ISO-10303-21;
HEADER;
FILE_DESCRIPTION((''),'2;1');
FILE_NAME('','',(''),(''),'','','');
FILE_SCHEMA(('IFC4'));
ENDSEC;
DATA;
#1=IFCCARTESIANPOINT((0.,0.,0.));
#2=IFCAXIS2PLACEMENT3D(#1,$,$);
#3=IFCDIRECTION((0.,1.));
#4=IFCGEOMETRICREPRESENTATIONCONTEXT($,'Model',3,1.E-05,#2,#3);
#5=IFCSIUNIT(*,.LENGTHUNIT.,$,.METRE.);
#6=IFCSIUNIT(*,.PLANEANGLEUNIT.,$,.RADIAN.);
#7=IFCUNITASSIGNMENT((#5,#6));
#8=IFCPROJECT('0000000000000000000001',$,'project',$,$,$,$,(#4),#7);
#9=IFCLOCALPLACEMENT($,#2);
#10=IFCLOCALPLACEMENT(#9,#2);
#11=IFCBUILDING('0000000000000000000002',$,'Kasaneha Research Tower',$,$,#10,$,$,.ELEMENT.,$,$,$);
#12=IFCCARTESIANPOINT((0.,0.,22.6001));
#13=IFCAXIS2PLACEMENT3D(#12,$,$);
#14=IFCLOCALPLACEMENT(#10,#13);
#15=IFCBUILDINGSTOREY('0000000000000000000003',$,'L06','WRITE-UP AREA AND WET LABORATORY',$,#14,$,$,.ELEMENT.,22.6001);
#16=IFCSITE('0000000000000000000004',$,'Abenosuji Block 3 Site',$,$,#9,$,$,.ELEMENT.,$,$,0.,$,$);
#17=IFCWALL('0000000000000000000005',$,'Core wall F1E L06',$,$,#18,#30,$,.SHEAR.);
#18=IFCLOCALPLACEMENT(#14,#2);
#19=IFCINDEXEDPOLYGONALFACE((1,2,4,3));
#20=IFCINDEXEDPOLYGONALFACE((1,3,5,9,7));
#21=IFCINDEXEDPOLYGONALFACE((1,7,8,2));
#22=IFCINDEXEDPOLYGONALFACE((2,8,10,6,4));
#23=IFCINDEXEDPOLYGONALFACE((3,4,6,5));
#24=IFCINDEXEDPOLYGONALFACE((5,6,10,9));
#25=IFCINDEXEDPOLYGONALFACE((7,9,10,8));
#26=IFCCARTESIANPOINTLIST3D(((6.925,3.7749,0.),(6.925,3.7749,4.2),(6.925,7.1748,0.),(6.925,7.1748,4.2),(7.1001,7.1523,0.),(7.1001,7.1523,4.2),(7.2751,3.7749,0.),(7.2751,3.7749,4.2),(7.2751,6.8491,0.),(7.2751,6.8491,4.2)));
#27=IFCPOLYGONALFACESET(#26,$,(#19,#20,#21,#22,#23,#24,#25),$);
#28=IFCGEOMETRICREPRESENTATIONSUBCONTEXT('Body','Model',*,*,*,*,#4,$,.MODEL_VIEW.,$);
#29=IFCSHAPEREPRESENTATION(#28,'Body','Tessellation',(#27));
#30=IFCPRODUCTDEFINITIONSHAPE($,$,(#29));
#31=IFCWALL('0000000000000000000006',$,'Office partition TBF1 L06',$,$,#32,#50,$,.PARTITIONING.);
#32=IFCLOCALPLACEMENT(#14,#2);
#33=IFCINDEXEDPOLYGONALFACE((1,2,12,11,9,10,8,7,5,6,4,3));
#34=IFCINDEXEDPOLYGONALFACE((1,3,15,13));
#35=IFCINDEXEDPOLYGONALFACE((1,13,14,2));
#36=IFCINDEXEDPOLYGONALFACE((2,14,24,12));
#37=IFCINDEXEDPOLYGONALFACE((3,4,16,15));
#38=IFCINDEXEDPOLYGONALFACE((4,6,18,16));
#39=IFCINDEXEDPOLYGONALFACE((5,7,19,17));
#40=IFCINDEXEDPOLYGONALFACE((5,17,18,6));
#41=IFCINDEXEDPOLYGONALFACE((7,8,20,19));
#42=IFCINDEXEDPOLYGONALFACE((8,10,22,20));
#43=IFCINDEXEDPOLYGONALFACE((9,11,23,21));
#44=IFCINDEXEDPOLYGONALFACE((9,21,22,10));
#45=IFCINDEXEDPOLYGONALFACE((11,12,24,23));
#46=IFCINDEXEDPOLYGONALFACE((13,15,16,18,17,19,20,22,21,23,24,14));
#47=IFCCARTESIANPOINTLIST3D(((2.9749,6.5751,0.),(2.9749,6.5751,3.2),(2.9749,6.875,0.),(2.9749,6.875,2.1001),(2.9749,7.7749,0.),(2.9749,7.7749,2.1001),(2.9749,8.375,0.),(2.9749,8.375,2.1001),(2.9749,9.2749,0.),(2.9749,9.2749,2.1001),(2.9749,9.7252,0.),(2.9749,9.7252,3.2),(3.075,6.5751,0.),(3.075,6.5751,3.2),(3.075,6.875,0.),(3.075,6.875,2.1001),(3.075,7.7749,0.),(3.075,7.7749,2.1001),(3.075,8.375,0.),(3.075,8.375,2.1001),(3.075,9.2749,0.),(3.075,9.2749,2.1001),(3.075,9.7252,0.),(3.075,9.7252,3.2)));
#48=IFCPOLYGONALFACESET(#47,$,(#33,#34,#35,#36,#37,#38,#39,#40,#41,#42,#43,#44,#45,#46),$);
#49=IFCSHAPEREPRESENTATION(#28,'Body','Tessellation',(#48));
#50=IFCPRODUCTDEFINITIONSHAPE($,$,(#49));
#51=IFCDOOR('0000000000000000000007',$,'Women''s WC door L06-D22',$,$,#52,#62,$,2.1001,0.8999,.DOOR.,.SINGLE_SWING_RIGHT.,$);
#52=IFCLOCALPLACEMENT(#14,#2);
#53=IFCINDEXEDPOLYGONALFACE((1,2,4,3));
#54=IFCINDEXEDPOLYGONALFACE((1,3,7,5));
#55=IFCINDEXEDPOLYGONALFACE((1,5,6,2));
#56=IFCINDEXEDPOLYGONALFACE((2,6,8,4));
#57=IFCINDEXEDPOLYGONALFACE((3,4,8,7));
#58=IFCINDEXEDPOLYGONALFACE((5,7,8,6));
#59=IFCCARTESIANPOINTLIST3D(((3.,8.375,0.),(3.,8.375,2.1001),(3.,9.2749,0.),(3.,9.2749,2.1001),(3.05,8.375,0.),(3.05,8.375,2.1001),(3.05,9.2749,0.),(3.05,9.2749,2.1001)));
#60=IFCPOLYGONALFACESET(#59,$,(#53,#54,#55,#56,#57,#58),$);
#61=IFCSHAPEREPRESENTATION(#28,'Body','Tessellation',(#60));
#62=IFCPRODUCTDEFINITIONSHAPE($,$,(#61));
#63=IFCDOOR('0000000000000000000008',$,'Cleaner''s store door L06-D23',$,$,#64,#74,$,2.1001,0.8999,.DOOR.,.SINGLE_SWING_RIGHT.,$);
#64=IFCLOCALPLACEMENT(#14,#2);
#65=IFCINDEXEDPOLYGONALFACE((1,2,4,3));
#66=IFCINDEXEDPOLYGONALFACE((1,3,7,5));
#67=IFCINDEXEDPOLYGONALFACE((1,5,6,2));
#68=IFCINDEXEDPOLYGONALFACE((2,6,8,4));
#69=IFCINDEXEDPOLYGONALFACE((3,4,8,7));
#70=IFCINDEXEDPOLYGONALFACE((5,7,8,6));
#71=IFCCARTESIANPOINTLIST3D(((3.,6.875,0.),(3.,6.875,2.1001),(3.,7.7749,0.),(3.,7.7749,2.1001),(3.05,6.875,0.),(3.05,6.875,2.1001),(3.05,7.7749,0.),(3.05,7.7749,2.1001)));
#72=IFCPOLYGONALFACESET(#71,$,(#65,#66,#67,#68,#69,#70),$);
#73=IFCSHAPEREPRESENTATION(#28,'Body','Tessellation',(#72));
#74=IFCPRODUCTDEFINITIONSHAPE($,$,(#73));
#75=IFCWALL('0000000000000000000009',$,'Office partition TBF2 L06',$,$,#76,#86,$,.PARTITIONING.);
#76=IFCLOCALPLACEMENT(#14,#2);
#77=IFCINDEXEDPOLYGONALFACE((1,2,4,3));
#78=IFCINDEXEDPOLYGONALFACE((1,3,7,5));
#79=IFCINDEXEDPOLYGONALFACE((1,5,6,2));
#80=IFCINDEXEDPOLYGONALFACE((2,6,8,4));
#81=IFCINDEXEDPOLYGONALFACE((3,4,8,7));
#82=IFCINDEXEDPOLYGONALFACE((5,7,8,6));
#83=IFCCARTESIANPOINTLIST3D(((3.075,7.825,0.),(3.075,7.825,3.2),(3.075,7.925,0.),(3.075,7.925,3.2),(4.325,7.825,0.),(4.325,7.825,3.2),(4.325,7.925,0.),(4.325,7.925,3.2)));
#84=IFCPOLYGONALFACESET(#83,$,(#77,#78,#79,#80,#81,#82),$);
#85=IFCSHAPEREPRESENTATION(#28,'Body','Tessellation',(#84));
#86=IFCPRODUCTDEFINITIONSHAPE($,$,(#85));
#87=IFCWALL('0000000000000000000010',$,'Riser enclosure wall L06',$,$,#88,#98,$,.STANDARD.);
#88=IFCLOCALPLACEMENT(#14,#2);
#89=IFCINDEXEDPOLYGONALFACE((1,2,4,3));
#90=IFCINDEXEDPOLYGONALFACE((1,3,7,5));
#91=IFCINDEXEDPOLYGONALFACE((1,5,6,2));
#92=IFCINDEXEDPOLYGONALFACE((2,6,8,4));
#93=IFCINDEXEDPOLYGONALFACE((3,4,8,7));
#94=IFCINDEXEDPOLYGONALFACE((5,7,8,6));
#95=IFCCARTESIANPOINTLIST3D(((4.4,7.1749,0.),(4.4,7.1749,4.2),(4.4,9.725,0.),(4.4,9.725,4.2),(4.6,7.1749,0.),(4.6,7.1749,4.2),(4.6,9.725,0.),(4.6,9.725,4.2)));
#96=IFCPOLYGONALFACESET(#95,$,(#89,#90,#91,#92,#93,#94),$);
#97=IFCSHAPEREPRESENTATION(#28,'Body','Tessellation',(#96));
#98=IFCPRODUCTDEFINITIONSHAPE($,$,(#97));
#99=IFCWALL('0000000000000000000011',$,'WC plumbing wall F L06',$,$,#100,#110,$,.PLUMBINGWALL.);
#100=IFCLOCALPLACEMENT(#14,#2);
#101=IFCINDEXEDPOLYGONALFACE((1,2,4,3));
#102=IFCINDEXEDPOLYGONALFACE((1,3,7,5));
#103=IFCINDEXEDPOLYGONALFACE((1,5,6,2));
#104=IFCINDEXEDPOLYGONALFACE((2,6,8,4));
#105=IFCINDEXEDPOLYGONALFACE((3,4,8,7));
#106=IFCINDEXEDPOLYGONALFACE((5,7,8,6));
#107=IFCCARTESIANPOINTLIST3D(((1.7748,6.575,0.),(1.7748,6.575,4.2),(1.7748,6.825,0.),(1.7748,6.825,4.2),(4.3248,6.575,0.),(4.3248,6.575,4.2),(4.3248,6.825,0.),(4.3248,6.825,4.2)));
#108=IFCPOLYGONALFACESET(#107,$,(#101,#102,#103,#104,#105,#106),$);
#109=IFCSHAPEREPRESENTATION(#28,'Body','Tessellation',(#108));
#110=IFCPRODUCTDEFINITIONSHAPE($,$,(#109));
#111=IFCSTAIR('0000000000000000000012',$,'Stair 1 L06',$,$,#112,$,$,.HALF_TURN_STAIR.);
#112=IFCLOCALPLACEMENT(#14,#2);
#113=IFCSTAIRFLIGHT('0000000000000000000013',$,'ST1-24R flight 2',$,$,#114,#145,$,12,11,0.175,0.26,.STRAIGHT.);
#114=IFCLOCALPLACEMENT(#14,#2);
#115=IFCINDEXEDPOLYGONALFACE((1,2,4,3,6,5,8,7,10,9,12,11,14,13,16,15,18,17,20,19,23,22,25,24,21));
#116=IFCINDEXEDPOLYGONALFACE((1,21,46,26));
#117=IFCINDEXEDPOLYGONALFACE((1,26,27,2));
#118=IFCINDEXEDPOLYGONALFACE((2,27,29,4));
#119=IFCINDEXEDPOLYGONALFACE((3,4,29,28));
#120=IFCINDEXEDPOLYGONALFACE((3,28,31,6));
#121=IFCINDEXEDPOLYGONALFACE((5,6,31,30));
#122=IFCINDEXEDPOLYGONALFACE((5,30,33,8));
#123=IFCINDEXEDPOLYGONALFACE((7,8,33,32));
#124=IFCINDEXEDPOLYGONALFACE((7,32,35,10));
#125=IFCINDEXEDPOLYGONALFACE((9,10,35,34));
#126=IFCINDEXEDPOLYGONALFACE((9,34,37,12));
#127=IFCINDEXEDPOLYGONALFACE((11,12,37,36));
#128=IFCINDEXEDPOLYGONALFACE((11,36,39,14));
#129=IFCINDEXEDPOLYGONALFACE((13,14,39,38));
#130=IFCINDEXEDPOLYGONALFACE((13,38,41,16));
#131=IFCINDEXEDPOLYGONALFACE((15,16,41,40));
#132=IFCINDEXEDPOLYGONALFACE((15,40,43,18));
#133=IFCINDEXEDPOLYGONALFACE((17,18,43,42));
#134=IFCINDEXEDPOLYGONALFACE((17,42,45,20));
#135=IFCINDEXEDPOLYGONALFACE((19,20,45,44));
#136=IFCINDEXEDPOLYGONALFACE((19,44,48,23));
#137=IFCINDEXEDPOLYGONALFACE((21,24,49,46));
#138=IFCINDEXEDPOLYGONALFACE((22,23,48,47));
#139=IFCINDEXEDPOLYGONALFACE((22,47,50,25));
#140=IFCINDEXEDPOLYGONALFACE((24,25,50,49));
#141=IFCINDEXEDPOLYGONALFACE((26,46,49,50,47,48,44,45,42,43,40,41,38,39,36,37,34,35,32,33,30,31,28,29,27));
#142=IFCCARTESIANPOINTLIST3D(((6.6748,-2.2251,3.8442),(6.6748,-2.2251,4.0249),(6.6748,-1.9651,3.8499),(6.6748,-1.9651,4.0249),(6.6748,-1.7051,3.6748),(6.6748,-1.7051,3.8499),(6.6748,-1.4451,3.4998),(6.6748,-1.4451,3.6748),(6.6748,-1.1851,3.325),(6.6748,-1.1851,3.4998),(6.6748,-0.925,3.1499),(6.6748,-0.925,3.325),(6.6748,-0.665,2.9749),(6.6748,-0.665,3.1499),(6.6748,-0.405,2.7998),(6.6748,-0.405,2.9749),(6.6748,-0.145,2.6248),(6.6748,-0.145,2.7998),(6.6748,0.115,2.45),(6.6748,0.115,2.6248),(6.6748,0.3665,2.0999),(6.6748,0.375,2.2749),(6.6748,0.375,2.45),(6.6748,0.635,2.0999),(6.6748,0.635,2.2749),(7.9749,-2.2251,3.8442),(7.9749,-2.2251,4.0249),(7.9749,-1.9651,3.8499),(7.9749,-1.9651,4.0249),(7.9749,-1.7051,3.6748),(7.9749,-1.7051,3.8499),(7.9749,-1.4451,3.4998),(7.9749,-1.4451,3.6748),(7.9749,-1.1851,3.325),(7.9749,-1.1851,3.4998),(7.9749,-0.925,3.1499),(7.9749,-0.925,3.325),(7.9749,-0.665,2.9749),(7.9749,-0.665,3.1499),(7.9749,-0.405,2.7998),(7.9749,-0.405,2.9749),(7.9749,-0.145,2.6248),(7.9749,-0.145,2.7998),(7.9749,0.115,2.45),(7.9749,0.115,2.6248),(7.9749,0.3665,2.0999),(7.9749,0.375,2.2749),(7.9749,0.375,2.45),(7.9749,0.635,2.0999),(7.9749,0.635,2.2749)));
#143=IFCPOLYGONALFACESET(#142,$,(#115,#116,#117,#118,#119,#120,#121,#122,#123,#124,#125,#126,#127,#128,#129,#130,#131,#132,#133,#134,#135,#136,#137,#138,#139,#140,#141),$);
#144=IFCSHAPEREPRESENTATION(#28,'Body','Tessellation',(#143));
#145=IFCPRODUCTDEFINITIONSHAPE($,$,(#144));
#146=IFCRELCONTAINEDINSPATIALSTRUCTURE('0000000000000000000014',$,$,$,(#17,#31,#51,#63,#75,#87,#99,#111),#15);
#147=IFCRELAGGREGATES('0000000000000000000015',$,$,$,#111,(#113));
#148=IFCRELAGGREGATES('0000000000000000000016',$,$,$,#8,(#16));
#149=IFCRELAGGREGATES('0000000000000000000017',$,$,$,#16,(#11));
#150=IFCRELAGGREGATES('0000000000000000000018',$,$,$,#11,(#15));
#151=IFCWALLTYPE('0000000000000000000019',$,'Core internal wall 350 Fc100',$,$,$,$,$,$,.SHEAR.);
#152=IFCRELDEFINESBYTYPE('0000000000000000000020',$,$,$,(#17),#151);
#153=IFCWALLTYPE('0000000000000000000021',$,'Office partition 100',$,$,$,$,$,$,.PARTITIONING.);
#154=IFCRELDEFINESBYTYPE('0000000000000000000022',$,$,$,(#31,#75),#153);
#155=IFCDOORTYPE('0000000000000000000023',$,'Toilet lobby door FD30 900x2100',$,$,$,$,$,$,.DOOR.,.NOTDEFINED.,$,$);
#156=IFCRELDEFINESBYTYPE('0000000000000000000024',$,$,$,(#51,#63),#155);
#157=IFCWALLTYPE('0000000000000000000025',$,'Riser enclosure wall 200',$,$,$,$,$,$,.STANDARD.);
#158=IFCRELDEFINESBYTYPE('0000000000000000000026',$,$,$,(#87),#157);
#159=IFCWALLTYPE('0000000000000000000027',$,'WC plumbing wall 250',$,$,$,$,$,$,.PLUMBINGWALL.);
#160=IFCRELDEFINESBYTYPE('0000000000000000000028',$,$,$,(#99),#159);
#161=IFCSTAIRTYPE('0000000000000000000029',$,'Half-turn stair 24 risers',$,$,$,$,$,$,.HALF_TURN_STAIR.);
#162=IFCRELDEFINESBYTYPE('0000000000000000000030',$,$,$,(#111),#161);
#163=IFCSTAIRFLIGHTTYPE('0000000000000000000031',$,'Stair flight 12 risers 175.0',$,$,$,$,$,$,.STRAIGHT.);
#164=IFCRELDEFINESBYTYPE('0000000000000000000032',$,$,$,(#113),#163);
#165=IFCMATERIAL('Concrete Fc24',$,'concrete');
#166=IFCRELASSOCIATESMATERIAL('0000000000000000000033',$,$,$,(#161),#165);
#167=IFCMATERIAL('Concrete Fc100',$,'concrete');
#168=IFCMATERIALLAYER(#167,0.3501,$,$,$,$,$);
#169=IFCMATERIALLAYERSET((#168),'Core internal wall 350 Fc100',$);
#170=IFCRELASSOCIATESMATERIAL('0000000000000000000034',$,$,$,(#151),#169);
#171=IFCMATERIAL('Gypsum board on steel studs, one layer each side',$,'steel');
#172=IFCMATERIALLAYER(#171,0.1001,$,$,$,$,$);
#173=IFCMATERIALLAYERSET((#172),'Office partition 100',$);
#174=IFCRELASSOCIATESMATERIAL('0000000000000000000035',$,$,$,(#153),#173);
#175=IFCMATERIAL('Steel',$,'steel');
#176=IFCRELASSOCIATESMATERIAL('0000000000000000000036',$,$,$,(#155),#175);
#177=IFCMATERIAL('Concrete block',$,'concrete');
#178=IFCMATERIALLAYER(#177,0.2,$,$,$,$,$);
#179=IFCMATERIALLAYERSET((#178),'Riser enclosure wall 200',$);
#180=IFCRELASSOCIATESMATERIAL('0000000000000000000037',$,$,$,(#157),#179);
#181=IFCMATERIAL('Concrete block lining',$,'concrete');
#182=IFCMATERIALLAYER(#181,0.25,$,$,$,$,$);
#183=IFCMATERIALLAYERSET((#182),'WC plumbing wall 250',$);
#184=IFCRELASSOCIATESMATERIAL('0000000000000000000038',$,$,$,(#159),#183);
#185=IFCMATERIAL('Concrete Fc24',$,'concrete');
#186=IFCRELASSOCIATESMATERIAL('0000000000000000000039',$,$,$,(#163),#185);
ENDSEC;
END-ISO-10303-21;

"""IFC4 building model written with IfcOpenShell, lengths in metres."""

from ifc_helpers import new_model, si_unit, direction, frame, frame_2d, origin, place, context, subcontext, project, spatial, polyline, rectangle, outline, extrude, material, layer, layer_set, type_object, element, fill, aggregate, save


model = new_model("IFC4")

# Units and contexts
model_context = context("Model", 3, precision=1e-05, world=origin(), true_north=direction((0.0, 1.0)))
body_context = subcontext(model_context, "Body", "Model", "MODEL_VIEW")
ifc_project = project(units=[si_unit("LENGTHUNIT", "METRE"), si_unit("PLANEANGLEUNIT", "RADIAN")], contexts=[model_context])

# Site, building, storey
site_placement = place(None, origin())
site = spatial("IfcSite", under=ifc_project, at=site_placement, Name="Abenosuji Block 3 Site", CompositionType="ELEMENT", RefElevation=0.0)
building_placement = place(site_placement, origin())
building = spatial("IfcBuilding", under=site, at=building_placement, Name="Kasaneha Research Tower", CompositionType="ELEMENT")
storey_placement = place(building_placement, frame((0.0, 0.0, 22.6001)))
storey = spatial("IfcBuildingStorey", under=building, at=storey_placement, Name="L06", Description="WRITE-UP AREA AND WET LABORATORY", CompositionType="ELEMENT", Elevation=22.6001)

# Shared definitions
ifc_material_1 = material(Name="Concrete Fc24", Category="concrete")
stair_type = type_object("IfcStairType", Name="Half-turn stair 24 risers", PredefinedType="HALF_TURN_STAIR", material=ifc_material_1)

# Shared definitions
ifc_material_2 = material(Name="Concrete Fc100", Category="concrete")
ifc_layer_1 = layer(ifc_material_2, 0.3501)
ifc_layer_set_1 = layer_set([ifc_layer_1], Name="Core internal wall 350 Fc100")
wall_type_1 = type_object("IfcWallType", Name="Core internal wall 350 Fc100", PredefinedType="SHEAR", material=ifc_layer_set_1)

# Wall
wall_1_placement = place(storey_placement, frame((7.1001, 3.7749, 0.0), z_axis=(0.0, 0.0, 1.0), x_axis=(0.0, 1.0, 0.0)))
element("IfcWall", 1, at=wall_1_placement, inside=storey, type_object=wall_type_1, Name="Core wall F1E L06", PredefinedType="SHEAR", context=body_context, shape_type="SweptSolid", body=[
    extrude(outline(polyline([(0.0, -0.175), (3.0742, -0.175), (3.3774, 0.0), (3.3999, 0.175), (0.0, 0.175), (0.0, -0.175)])), origin(), (0.0, 0.0, 1.0), 4.2),
])

# Wall, openings, doors
ifc_material_3 = material(Name="Gypsum board on steel studs, one layer each side", Category="steel")
ifc_layer_2 = layer(ifc_material_3, 0.1001)
ifc_layer_set_2 = layer_set([ifc_layer_2], Name="Office partition 100")
wall_type_2 = type_object("IfcWallType", Name="Office partition 100", PredefinedType="PARTITIONING", material=ifc_layer_set_2)
wall_2_placement = place(storey_placement, frame((3.0249, 6.575, 0.0), z_axis=(0.0, 0.0, 1.0), x_axis=(0.0, 1.0, 0.0)))
wall_2 = element("IfcWall", 2, at=wall_2_placement, inside=storey, type_object=wall_type_2, Name="Office partition TBF1 L06", PredefinedType="PARTITIONING", context=body_context, shape_type="SweptSolid", body=[
    extrude(rectangle(XDim=3.1501, YDim=0.1001, at=frame_2d((1.5752, 0.0))), origin(), (0.0, 0.0, 1.0), 3.2),
])
opening_1_placement = place(wall_2_placement, frame((1.8, 0.0, 0.0)))
opening_1 = element("IfcOpeningElement", 3, at=opening_1_placement, cuts=wall_2, PredefinedType="OPENING", context=body_context, shape_type="SweptSolid", body=[
    extrude(rectangle(XDim=0.8999, YDim=2.1001, at=frame_2d((0.45, 1.05))), frame((0.0, 0.0601, 0.0), z_axis=(0.0, -1.0, 0.0), x_axis=(1.0, 0.0, 0.0)), (0.0, 0.0, 1.0), 0.1201),
])
opening_2_placement = place(wall_2_placement, frame((0.3, 0.0, 0.0)))
opening_2 = element("IfcOpeningElement", 4, at=opening_2_placement, cuts=wall_2, PredefinedType="OPENING", context=body_context, shape_type="SweptSolid", body=[
    extrude(rectangle(XDim=0.8999, YDim=2.1001, at=frame_2d((0.45, 1.05))), frame((0.0, 0.0601, 0.0), z_axis=(0.0, -1.0, 0.0), x_axis=(1.0, 0.0, 0.0)), (0.0, 0.0, 1.0), 0.1201),
])
ifc_material_4 = material(Name="Steel", Category="steel")
door_type_1 = type_object("IfcDoorType", Name="Toilet lobby door FD30 900x2100", OperationType="NOTDEFINED", PredefinedType="DOOR", material=ifc_material_4)
door_1_placement = place(opening_1_placement, origin())
door_1 = element("IfcDoor", 5, at=door_1_placement, inside=storey, type_object=door_type_1, Name="Women's WC door L06-D22", OperationType="SINGLE_SWING_RIGHT", OverallHeight=2.1001, OverallWidth=0.8999, PredefinedType="DOOR", context=body_context, shape_type="SweptSolid", body=[
    extrude(rectangle(XDim=0.8999, YDim=2.1001, at=frame_2d((0.45, 1.05))), frame((0.0, 0.0249, 0.0), z_axis=(0.0, -1.0, 0.0), x_axis=(1.0, 0.0, 0.0)), (0.0, 0.0, 1.0), 0.05),
])
fill(opening_1, door_1)
door_2_placement = place(opening_2_placement, origin())
door_2 = element("IfcDoor", 6, at=door_2_placement, inside=storey, type_object=door_type_1, Name="Cleaner's store door L06-D23", OperationType="SINGLE_SWING_RIGHT", OverallHeight=2.1001, OverallWidth=0.8999, PredefinedType="DOOR", context=body_context, shape_type="SweptSolid", body=[
    extrude(rectangle(XDim=0.8999, YDim=2.1001, at=frame_2d((0.45, 1.05))), frame((0.0, 0.0249, 0.0), z_axis=(0.0, -1.0, 0.0), x_axis=(1.0, 0.0, 0.0)), (0.0, 0.0, 1.0), 0.05),
])
fill(opening_2, door_2)

# Walls
wall_3_placement = place(storey_placement, frame((3.075, 7.875, 0.0), z_axis=(0.0, 0.0, 1.0), x_axis=(1.0, 0.0, 0.0)))
element("IfcWall", 7, at=wall_3_placement, inside=storey, type_object=wall_type_2, Name="Office partition TBF2 L06", PredefinedType="PARTITIONING", context=body_context, shape_type="SweptSolid", body=[
    extrude(rectangle(XDim=1.25, YDim=0.1001, at=frame_2d((0.625, 0.0))), origin(), (0.0, 0.0, 1.0), 3.2),
])
ifc_material_5 = material(Name="Concrete block", Category="concrete")
ifc_layer_3 = layer(ifc_material_5, 0.2)
ifc_layer_set_3 = layer_set([ifc_layer_3], Name="Riser enclosure wall 200")
wall_type_3 = type_object("IfcWallType", Name="Riser enclosure wall 200", PredefinedType="STANDARD", material=ifc_layer_set_3)
wall_4_placement = place(storey_placement, frame((4.5, 7.175, 0.0), z_axis=(0.0, 0.0, 1.0), x_axis=(0.0, 1.0, 0.0)))
element("IfcWall", 8, at=wall_4_placement, inside=storey, type_object=wall_type_3, Name="Riser enclosure wall L06", PredefinedType="STANDARD", context=body_context, shape_type="SweptSolid", body=[
    extrude(rectangle(XDim=2.55, YDim=0.2, at=frame_2d((1.2749, 0.0))), origin(), (0.0, 0.0, 1.0), 4.2),
])
ifc_material_6 = material(Name="Concrete block lining", Category="concrete")
ifc_layer_4 = layer(ifc_material_6, 0.25)
ifc_layer_set_4 = layer_set([ifc_layer_4], Name="WC plumbing wall 250")
wall_type_4 = type_object("IfcWallType", Name="WC plumbing wall 250", PredefinedType="PLUMBINGWALL", material=ifc_layer_set_4)
wall_5_placement = place(storey_placement, frame((1.7749, 6.7, 0.0), z_axis=(0.0, 0.0, 1.0), x_axis=(1.0, 0.0, 0.0)))
element("IfcWall", 9, at=wall_5_placement, inside=storey, type_object=wall_type_4, Name="WC plumbing wall F L06", PredefinedType="PLUMBINGWALL", context=body_context, shape_type="SweptSolid", body=[
    extrude(rectangle(XDim=2.55, YDim=0.25, at=frame_2d((1.2749, 0.0))), origin(), (0.0, 0.0, 1.0), 4.2),
])

# Stair, stair flight
stair_1_placement = place(storey_placement, origin())
stair_1 = element("IfcStair", 10, at=stair_1_placement, inside=storey, type_object=stair_type, Name="Stair 1 L06", PredefinedType="HALF_TURN_STAIR")
ifc_material_7 = material(Name="Concrete Fc24", Category="concrete")
stair_flight_type = type_object("IfcStairFlightType", Name="Stair flight 12 risers 175.0", PredefinedType="STRAIGHT", material=ifc_material_7)
stair_flight_placement = place(storey_placement, frame((7.325, 0.635, 2.0999), z_axis=(0.0, 0.0, 1.0), x_axis=(0.0, -1.0, 0.0)))
stair_flight = element("IfcStairFlight", 11, at=stair_flight_placement, type_object=stair_flight_type, Name="ST1-24R flight 2", NumberOfRisers=12, NumberOfTreads=11, PredefinedType="STRAIGHT", RiserHeight=0.175, TreadLength=0.26, context=body_context, shape_type="SweptSolid", body=[
    extrude(outline(polyline([(0.0, 0.0), (0.0, 0.175), (0.26, 0.175), (0.26, 0.3501), (0.52, 0.3501), (0.52, 0.5249), (0.78, 0.5249), (0.78, 0.7), (1.04, 0.7), (1.04, 0.875), (1.3, 0.875), (1.3, 1.05), (1.5601, 1.05), (1.5601, 1.2251), (1.8201, 1.2251), (1.8201, 1.3999), (2.0801, 1.3999), (2.0801, 1.575), (2.3401, 1.575), (2.3401, 1.75), (2.6001, 1.75), (2.6001, 1.925), (2.8601, 1.925), (2.8601, 2.1001), (2.8601, 1.7444), (0.2686, 0.0), (0.0, 0.0)])), frame((0.0, 0.6499, 0.0), z_axis=(0.0, -1.0, 0.0), x_axis=(1.0, 0.0, 0.0)), (0.0, 0.0, 1.0), 1.3),
])
aggregate(stair_1, [stair_flight])

save(model, "model.ifc")
